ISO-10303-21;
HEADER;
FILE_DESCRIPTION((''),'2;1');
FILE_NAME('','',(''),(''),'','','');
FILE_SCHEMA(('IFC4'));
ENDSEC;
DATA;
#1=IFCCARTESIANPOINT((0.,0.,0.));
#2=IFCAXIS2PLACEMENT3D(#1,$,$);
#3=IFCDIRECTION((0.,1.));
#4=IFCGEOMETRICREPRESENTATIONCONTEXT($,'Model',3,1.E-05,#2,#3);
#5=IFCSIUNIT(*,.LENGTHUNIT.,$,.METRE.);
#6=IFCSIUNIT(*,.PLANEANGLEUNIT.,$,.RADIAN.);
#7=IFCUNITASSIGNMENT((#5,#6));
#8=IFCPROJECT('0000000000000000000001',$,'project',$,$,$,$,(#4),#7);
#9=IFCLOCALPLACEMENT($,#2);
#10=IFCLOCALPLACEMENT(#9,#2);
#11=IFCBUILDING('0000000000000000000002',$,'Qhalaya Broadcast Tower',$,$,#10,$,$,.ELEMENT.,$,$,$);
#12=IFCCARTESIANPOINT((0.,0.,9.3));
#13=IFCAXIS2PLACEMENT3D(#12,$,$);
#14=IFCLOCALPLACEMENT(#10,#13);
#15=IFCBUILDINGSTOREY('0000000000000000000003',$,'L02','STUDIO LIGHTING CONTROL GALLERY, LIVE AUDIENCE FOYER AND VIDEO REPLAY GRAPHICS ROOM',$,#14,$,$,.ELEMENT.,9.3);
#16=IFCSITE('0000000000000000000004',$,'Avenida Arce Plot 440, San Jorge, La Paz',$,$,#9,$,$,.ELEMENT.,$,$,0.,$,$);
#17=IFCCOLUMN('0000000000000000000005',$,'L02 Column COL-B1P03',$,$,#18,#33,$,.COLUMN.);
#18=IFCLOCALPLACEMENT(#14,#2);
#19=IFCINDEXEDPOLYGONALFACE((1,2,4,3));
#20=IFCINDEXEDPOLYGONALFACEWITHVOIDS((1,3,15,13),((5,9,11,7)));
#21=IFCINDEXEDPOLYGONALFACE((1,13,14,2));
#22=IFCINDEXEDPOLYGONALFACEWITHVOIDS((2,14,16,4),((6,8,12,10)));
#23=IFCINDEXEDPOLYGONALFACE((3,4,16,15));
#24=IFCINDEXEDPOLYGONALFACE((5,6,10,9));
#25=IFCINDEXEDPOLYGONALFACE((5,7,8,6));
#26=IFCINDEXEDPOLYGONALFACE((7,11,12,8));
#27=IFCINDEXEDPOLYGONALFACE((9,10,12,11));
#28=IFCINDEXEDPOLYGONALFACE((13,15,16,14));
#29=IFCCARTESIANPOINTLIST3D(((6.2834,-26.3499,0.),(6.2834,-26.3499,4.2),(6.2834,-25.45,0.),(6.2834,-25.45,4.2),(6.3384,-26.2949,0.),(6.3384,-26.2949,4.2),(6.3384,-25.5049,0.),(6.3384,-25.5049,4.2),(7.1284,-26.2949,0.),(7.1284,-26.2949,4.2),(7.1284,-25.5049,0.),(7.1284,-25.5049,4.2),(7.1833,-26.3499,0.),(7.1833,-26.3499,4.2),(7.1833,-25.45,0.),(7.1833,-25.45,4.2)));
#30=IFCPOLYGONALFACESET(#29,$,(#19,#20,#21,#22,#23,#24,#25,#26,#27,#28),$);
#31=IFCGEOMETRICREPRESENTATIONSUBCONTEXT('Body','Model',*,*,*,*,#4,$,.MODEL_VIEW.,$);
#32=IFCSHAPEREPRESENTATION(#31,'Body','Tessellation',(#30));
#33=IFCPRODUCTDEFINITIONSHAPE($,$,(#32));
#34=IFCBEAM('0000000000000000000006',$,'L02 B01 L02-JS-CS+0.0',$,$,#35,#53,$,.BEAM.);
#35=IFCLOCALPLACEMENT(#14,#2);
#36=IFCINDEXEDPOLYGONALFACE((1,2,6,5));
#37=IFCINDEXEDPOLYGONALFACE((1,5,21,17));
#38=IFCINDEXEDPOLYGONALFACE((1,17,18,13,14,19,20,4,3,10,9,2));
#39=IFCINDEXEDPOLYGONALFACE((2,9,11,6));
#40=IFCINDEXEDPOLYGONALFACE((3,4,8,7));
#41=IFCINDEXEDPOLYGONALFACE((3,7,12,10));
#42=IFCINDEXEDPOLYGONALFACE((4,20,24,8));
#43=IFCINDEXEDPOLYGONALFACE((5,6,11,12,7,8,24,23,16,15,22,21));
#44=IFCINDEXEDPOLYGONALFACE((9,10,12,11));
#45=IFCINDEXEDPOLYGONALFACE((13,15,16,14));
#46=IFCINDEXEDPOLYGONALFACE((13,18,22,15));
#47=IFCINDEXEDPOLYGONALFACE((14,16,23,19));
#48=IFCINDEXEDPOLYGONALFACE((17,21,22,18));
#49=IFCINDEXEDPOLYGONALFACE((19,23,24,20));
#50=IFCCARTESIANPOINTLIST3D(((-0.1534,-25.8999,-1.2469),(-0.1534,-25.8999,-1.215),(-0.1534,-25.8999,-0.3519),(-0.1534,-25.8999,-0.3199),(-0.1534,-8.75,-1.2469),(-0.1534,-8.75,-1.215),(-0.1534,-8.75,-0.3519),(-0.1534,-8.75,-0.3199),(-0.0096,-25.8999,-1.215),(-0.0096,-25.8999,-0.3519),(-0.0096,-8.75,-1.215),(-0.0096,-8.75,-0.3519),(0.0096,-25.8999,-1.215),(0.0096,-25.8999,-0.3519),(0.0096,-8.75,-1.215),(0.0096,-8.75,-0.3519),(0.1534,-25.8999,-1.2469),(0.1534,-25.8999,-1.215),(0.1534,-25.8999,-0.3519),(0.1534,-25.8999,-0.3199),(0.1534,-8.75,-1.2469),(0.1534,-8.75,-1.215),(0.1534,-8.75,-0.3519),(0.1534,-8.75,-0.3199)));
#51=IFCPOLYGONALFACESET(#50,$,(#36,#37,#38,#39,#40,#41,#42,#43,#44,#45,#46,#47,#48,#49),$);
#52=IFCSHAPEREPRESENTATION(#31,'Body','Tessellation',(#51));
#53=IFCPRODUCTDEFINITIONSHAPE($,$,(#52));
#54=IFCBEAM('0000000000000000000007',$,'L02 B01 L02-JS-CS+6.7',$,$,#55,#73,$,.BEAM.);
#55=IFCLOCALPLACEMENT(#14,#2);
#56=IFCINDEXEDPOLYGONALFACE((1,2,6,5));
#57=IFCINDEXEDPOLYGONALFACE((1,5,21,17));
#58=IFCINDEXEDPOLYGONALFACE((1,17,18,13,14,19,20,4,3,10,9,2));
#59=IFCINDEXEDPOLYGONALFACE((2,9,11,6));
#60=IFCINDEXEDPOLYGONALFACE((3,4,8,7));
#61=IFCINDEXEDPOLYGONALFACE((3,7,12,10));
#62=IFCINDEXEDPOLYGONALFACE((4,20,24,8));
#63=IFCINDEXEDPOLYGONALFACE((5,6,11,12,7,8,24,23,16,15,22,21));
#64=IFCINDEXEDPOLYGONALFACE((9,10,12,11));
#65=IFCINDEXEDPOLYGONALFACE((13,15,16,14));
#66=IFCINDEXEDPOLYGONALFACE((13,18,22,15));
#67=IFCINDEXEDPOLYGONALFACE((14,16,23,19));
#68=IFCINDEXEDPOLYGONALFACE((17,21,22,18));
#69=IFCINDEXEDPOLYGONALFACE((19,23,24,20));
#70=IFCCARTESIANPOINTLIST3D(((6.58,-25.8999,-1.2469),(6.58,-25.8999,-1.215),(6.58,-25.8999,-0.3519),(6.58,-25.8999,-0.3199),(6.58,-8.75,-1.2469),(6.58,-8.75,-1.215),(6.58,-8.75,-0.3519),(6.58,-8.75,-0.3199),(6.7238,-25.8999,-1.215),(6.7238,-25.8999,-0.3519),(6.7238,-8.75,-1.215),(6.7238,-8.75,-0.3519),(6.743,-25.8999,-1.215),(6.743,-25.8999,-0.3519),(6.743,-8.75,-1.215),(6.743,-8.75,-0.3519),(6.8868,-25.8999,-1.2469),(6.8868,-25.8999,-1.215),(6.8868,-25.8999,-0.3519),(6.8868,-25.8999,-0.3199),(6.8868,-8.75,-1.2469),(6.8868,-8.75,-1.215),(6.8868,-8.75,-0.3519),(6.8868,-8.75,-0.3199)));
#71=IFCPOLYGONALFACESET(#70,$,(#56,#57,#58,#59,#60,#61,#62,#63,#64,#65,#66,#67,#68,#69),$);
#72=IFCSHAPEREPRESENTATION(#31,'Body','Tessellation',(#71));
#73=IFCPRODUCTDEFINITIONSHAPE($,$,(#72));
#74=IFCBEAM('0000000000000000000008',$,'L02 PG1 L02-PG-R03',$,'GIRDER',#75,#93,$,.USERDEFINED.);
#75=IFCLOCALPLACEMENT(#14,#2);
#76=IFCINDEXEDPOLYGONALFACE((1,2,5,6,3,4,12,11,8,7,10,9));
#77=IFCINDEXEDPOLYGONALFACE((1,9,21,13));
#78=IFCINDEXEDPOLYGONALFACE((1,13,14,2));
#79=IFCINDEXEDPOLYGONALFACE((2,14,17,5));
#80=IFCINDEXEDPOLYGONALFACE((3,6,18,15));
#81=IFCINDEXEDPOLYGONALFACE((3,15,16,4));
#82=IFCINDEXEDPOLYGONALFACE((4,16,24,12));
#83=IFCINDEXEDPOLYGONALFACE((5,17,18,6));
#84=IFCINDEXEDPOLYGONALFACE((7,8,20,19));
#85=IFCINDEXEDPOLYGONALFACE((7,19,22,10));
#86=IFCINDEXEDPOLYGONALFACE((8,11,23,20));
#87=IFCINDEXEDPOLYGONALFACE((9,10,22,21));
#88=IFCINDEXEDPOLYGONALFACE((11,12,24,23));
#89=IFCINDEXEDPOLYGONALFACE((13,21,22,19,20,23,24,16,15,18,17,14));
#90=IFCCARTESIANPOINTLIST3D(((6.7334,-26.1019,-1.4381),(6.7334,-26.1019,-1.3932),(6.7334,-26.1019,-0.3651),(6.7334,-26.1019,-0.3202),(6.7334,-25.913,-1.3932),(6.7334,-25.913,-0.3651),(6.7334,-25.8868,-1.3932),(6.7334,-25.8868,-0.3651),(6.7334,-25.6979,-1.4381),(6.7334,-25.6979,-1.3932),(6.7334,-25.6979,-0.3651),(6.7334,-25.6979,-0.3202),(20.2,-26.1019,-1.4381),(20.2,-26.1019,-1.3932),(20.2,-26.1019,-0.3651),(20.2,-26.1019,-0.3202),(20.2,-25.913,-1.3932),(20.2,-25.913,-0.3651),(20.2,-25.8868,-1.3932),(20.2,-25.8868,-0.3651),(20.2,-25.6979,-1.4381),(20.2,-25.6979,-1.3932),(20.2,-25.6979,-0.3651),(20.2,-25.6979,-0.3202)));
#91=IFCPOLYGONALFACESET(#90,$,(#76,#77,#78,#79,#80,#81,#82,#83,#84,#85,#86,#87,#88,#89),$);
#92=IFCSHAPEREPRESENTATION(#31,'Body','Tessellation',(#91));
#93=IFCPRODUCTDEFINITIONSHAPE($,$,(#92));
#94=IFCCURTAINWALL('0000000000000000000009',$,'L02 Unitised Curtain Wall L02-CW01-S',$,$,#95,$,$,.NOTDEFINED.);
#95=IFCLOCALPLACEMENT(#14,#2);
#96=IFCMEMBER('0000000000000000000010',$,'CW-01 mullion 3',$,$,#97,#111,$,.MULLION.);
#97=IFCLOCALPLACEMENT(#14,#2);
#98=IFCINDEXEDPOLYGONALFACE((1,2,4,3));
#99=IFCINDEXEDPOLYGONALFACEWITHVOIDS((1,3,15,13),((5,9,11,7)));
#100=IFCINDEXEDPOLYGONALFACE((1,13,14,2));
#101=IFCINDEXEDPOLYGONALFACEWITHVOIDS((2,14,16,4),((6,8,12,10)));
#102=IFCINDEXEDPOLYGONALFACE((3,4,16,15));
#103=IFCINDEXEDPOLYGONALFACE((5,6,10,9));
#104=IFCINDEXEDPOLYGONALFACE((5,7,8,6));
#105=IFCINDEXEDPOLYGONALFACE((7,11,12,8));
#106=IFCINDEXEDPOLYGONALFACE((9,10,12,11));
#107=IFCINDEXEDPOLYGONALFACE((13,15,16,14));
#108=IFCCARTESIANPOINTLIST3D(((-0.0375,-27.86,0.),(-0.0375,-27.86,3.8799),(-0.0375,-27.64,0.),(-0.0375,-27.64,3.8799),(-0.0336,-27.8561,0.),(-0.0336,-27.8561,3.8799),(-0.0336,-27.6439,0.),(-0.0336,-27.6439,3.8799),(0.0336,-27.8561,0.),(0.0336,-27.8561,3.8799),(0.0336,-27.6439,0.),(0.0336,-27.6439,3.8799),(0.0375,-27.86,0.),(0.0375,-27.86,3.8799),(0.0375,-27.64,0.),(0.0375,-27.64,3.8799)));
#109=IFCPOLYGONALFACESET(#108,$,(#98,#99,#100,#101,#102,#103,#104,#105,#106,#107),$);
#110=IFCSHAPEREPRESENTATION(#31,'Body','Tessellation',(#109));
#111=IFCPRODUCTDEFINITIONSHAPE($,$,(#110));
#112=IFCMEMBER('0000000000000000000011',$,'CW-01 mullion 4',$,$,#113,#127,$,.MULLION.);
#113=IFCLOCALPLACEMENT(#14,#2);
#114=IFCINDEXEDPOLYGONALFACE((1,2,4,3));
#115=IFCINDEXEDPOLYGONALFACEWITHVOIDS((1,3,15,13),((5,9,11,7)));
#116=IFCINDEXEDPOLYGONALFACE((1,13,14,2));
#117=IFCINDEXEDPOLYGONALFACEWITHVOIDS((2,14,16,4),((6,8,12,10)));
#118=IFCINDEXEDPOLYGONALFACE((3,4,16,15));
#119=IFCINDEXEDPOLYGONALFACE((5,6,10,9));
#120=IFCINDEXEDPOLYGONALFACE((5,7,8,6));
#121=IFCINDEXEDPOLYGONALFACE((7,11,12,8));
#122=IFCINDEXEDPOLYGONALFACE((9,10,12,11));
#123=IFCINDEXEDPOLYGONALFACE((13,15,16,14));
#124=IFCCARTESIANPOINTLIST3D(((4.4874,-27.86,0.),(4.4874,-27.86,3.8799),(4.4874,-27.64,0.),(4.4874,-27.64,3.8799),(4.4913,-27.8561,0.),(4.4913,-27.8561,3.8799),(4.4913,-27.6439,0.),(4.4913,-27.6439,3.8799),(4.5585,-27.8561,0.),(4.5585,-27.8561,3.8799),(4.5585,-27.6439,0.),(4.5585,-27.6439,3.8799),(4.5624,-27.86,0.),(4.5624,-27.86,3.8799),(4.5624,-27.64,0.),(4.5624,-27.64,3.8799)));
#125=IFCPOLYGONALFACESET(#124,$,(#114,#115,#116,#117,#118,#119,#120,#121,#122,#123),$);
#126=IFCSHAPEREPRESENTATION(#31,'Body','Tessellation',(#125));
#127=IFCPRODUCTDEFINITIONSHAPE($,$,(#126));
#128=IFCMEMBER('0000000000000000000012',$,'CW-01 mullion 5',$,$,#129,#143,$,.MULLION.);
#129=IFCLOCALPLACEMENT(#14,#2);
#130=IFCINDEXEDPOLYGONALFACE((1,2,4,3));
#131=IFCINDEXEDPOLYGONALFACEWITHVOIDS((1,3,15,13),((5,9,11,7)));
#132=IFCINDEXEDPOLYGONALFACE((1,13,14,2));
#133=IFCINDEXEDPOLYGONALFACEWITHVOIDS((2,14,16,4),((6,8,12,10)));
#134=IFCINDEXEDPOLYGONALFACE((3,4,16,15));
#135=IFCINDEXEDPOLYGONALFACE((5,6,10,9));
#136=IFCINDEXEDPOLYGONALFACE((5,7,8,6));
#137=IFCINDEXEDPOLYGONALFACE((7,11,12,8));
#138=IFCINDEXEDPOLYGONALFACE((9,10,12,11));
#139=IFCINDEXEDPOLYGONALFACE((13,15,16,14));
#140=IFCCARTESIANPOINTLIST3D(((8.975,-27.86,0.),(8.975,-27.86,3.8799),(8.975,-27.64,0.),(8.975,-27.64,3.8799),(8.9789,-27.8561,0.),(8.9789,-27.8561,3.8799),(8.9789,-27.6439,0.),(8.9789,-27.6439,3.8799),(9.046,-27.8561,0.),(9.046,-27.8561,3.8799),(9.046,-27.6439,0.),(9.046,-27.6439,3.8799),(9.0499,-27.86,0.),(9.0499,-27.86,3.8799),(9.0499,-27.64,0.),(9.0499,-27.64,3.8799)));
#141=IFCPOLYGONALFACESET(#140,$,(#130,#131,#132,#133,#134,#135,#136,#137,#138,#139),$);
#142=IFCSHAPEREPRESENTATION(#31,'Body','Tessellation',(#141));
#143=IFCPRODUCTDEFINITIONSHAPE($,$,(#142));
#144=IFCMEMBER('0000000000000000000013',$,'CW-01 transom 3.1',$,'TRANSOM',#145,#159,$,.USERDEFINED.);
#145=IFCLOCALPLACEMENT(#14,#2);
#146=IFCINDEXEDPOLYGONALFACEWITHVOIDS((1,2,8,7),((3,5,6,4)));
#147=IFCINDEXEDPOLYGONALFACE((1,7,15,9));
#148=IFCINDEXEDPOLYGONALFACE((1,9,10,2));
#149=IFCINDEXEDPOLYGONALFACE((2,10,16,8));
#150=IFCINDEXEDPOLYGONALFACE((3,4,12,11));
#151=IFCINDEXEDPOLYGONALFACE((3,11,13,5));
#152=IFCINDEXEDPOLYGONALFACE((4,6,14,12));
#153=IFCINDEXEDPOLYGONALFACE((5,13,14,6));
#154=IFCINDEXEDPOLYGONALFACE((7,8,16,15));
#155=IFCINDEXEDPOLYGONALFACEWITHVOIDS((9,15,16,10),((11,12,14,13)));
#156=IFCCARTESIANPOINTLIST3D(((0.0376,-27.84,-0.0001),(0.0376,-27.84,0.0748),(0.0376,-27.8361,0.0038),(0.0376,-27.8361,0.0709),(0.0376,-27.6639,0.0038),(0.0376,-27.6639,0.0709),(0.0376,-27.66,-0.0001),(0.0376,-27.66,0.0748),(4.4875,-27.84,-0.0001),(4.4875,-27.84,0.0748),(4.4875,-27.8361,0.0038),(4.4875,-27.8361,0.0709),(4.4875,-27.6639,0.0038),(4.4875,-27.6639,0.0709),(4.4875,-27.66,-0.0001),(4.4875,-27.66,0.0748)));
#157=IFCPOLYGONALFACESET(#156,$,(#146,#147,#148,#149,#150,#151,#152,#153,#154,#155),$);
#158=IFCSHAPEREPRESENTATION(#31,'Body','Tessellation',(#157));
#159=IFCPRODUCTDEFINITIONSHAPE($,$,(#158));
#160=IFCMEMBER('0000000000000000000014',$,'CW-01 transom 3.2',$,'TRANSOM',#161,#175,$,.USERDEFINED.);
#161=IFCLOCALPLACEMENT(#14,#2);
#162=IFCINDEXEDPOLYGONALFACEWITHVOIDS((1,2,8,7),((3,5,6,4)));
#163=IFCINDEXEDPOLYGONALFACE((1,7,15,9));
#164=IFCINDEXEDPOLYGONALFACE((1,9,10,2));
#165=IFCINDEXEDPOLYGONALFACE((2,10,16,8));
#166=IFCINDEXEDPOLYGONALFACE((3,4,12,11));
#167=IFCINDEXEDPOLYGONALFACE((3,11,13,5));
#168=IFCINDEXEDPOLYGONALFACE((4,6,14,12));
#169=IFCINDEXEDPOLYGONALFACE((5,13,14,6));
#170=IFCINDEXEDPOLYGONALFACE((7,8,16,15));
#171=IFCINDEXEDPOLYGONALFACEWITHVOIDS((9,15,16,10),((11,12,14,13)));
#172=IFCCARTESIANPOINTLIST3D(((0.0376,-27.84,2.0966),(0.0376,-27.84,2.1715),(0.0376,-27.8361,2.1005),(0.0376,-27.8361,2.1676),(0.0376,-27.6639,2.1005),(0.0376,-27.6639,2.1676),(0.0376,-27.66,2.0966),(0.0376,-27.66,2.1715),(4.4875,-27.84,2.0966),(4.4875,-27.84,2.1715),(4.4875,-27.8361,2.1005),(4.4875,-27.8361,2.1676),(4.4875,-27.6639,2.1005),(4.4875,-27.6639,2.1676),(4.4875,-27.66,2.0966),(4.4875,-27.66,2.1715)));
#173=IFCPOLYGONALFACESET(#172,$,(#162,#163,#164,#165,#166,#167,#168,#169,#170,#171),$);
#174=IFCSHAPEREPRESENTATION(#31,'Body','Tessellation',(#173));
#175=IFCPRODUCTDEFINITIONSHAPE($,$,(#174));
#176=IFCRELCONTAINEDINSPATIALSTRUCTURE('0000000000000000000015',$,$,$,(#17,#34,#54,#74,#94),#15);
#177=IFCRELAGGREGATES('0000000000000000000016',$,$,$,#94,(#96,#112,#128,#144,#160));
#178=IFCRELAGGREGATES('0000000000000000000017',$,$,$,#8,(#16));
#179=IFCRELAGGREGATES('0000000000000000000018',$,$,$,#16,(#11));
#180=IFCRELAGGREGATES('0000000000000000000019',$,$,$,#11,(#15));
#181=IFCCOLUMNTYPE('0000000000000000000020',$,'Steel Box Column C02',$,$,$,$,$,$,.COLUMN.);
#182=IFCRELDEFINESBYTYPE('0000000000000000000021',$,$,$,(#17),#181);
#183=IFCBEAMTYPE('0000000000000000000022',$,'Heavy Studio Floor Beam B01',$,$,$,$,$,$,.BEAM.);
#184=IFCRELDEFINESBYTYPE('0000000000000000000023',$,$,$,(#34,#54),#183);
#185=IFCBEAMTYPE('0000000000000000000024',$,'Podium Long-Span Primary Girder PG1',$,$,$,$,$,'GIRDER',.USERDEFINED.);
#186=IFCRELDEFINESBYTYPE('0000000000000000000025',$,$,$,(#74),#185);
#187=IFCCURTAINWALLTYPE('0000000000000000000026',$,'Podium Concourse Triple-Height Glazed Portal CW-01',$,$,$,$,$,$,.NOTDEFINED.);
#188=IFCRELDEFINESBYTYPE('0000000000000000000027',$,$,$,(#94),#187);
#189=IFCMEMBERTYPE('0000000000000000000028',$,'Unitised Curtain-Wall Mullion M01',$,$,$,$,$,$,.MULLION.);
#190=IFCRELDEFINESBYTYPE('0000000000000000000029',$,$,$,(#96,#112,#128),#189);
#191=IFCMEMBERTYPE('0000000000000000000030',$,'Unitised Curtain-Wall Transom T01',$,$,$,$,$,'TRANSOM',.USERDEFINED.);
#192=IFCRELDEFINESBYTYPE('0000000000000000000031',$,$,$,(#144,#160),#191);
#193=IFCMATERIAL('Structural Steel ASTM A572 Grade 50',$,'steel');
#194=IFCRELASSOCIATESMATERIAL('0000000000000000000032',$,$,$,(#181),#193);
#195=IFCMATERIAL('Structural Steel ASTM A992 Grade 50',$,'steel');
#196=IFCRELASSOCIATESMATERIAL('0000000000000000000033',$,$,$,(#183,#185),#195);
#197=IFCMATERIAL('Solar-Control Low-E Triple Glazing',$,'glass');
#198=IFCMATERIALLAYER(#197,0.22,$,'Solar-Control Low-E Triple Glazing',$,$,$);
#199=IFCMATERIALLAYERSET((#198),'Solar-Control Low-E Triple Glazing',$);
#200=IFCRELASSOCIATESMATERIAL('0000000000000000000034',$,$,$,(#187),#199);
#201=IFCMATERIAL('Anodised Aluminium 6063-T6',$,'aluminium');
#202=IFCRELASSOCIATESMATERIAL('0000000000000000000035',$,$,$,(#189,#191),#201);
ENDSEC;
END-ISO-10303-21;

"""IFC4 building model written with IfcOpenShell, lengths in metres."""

from ifc_helpers import new_model, si_unit, direction, frame, origin, origin_2d, place, context, subcontext, project, spatial, hollow_rectangle, i_section, extrude, material, layer, layer_set, material_profile, profile_set, type_object, element, aggregate, save


model = new_model("IFC4")

# Units and contexts
model_context = context("Model", 3, precision=1e-05, world=origin(), true_north=direction((0.0, 1.0)))
body_context = subcontext(model_context, "Body", "Model", "MODEL_VIEW")
ifc_project = project(units=[si_unit("LENGTHUNIT", "METRE"), si_unit("PLANEANGLEUNIT", "RADIAN")], contexts=[model_context])

# Site, building, storey
site_placement = place(None, origin())
site = spatial("IfcSite", under=ifc_project, at=site_placement, Name="Avenida Arce Plot 440, San Jorge, La Paz", CompositionType="ELEMENT", RefElevation=0.0)
building_placement = place(site_placement, origin())
building = spatial("IfcBuilding", under=site, at=building_placement, Name="Qhalaya Broadcast Tower", CompositionType="ELEMENT")
storey_placement = place(building_placement, frame((0.0, 0.0, 9.3)))
storey = spatial("IfcBuildingStorey", under=building, at=storey_placement, Name="L02", Description="STUDIO LIGHTING CONTROL GALLERY, LIVE AUDIENCE FOYER AND VIDEO REPLAY GRAPHICS ROOM", CompositionType="ELEMENT", Elevation=9.3)

# Column
ifc_material_1 = material(Name="Structural Steel ASTM A572 Grade 50", Category="steel")
ifc_material_profile_1 = material_profile(ifc_material_1, hollow_rectangle(XDim=0.8999, YDim=0.8999, WallThickness=0.0549, at=origin_2d()), Name="BOX 900x900x55")
ifc_profile_set_1 = profile_set([ifc_material_profile_1], Name="Structural Steel ASTM A572 Grade 50")
column_type = type_object("IfcColumnType", Name="Steel Box Column C02", PredefinedType="COLUMN", material=ifc_profile_set_1)
column_placement = place(storey_placement, frame((6.7334, -25.8999, 0.0), z_axis=(0.0, 0.0, 1.0), x_axis=(1.0, 0.0, 0.0)))
element("IfcColumn", 1, at=column_placement, inside=storey, type_object=column_type, Name="L02 Column COL-B1P03", PredefinedType="COLUMN", context=body_context, shape_type="SweptSolid", body=[
    extrude(hollow_rectangle(XDim=0.8999, YDim=0.8999, WallThickness=0.0549, at=origin_2d()), origin(), (0.0, 0.0, 1.0), 4.2),
])

# Beams
ifc_material_2 = material(Name="Structural Steel ASTM A992 Grade 50", Category="steel")
ifc_material_profile_2 = material_profile(ifc_material_2, i_section(OverallWidth=0.3069, OverallDepth=0.927, WebThickness=0.0193, FlangeThickness=0.032, at=origin_2d()), Name="W36X194")
ifc_profile_set_2 = profile_set([ifc_material_profile_2], Name="Structural Steel ASTM A992 Grade 50")
beam_type_1 = type_object("IfcBeamType", Name="Heavy Studio Floor Beam B01", PredefinedType="BEAM", material=ifc_profile_set_2)
for number, where, z_axis, x_axis, name in (
    (2, (0.0, -25.8999, -0.7834), (0.0, 1.0, 0.0), (-1.0, 0.0, 0.0), "L02 B01 L02-JS-CS+0.0"),
    (3, (6.7334, -25.8999, -0.7834), (0.0, 1.0, 0.0), (-1.0, 0.0, 0.0), "L02 B01 L02-JS-CS+6.7"),
):
    element("IfcBeam", number, at=place(storey_placement, frame(where, z_axis=z_axis, x_axis=x_axis)), inside=storey, type_object=beam_type_1, Name=name, PredefinedType="BEAM", context=body_context, shape_type="SweptSolid", body=[
        extrude(i_section(OverallWidth=0.3069, OverallDepth=0.927, WebThickness=0.0193, FlangeThickness=0.032, at=origin_2d()), origin(), (0.0, 0.0, 1.0), 17.1499),
    ])
ifc_material_profile_3 = material_profile(ifc_material_2, i_section(OverallWidth=0.4041, OverallDepth=1.1179, WebThickness=0.0261, FlangeThickness=0.0449, at=origin_2d()), Name="W44X335")
ifc_profile_set_3 = profile_set([ifc_material_profile_3], Name="Structural Steel ASTM A992 Grade 50")
beam_type_2 = type_object("IfcBeamType", Name="Podium Long-Span Primary Girder PG1", ElementType="GIRDER", PredefinedType="USERDEFINED", material=ifc_profile_set_3)
beam_placement = place(storey_placement, frame((6.7334, -25.8999, -0.8792), z_axis=(1.0, 0.0, 0.0), x_axis=(0.0, 1.0, 0.0)))
element("IfcBeam", 4, at=beam_placement, inside=storey, type_object=beam_type_2, Name="L02 PG1 L02-PG-R03", ObjectType="GIRDER", PredefinedType="USERDEFINED", context=body_context, shape_type="SweptSolid", body=[
    extrude(i_section(OverallWidth=0.4041, OverallDepth=1.1179, WebThickness=0.0261, FlangeThickness=0.0449, at=origin_2d()), origin(), (0.0, 0.0, 1.0), 13.4666),
])

# Curtain wall, members
ifc_material_3 = material(Name="Solar-Control Low-E Triple Glazing", Category="glass")
ifc_layer_1 = layer(ifc_material_3, 0.22, Name="Solar-Control Low-E Triple Glazing")
ifc_layer_set_1 = layer_set([ifc_layer_1], Name="Solar-Control Low-E Triple Glazing")
curtain_wall_type = type_object("IfcCurtainWallType", Name="Podium Concourse Triple-Height Glazed Portal CW-01", PredefinedType="NOTDEFINED", material=ifc_layer_set_1)
curtain_wall_placement = place(storey_placement, origin())
curtain_wall = element("IfcCurtainWall", 5, at=curtain_wall_placement, inside=storey, type_object=curtain_wall_type, Name="L02 Unitised Curtain Wall L02-CW01-S", PredefinedType="NOTDEFINED")
ifc_material_4 = material(Name="Anodised Aluminium 6063-T6", Category="aluminium")
ifc_material_profile_4 = material_profile(ifc_material_4, hollow_rectangle(XDim=0.075, YDim=0.22, WallThickness=0.0039, at=origin_2d()), Name="ALU-MUL 75x220x4")
ifc_profile_set_4 = profile_set([ifc_material_profile_4], Name="Anodised Aluminium 6063-T6")
member_type_1 = type_object("IfcMemberType", Name="Unitised Curtain-Wall Mullion M01", PredefinedType="MULLION", material=ifc_profile_set_4)
member_1_placement = place(storey_placement, frame((0.0, -27.75, 0.0), z_axis=(0.0, 0.0, 1.0), x_axis=(1.0, 0.0, 0.0)))
member_1 = element("IfcMember", 6, at=member_1_placement, type_object=member_type_1, Name="CW-01 mullion 3", PredefinedType="MULLION", context=body_context, shape_type="SweptSolid", body=[
    extrude(hollow_rectangle(XDim=0.075, YDim=0.22, WallThickness=0.0039, at=origin_2d()), origin(), (0.0, 0.0, 1.0), 3.8799),
])
member_2_placement = place(storey_placement, frame((4.5249, -27.75, 0.0), z_axis=(0.0, 0.0, 1.0), x_axis=(1.0, 0.0, 0.0)))
member_2 = element("IfcMember", 7, at=member_2_placement, type_object=member_type_1, Name="CW-01 mullion 4", PredefinedType="MULLION", context=body_context, shape_type="SweptSolid", body=[
    extrude(hollow_rectangle(XDim=0.075, YDim=0.22, WallThickness=0.0039, at=origin_2d()), origin(), (0.0, 0.0, 1.0), 3.8799),
])
member_3_placement = place(storey_placement, frame((9.0125, -27.75, 0.0), z_axis=(0.0, 0.0, 1.0), x_axis=(1.0, 0.0, 0.0)))
member_3 = element("IfcMember", 8, at=member_3_placement, type_object=member_type_1, Name="CW-01 mullion 5", PredefinedType="MULLION", context=body_context, shape_type="SweptSolid", body=[
    extrude(hollow_rectangle(XDim=0.075, YDim=0.22, WallThickness=0.0039, at=origin_2d()), origin(), (0.0, 0.0, 1.0), 3.8799),
])
ifc_material_profile_5 = material_profile(ifc_material_4, hollow_rectangle(XDim=0.075, YDim=0.1799, WallThickness=0.0039, at=origin_2d()), Name="ALU-TRN 75x180x4")
ifc_profile_set_5 = profile_set([ifc_material_profile_5], Name="Anodised Aluminium 6063-T6")
member_type_2 = type_object("IfcMemberType", Name="Unitised Curtain-Wall Transom T01", ElementType="TRANSOM", PredefinedType="USERDEFINED", material=ifc_profile_set_5)
member_4_placement = place(storey_placement, frame((0.0376, -27.75, 0.0374), z_axis=(1.0, 0.0, 0.0), x_axis=(0.0, 0.0, 1.0)))
member_4 = element("IfcMember", 9, at=member_4_placement, type_object=member_type_2, Name="CW-01 transom 3.1", ObjectType="TRANSOM", PredefinedType="USERDEFINED", context=body_context, shape_type="SweptSolid", body=[
    extrude(hollow_rectangle(XDim=0.075, YDim=0.1799, WallThickness=0.0039, at=origin_2d()), origin(), (0.0, 0.0, 1.0), 4.45),
])
member_5_placement = place(storey_placement, frame((0.0376, -27.75, 2.134), z_axis=(1.0, 0.0, 0.0), x_axis=(0.0, 0.0, 1.0)))
member_5 = element("IfcMember", 10, at=member_5_placement, type_object=member_type_2, Name="CW-01 transom 3.2", ObjectType="TRANSOM", PredefinedType="USERDEFINED", context=body_context, shape_type="SweptSolid", body=[
    extrude(hollow_rectangle(XDim=0.075, YDim=0.1799, WallThickness=0.0039, at=origin_2d()), origin(), (0.0, 0.0, 1.0), 4.45),
])
aggregate(curtain_wall, [member_1, member_2, member_3, member_4, member_5])

save(model, "model.ifc")
